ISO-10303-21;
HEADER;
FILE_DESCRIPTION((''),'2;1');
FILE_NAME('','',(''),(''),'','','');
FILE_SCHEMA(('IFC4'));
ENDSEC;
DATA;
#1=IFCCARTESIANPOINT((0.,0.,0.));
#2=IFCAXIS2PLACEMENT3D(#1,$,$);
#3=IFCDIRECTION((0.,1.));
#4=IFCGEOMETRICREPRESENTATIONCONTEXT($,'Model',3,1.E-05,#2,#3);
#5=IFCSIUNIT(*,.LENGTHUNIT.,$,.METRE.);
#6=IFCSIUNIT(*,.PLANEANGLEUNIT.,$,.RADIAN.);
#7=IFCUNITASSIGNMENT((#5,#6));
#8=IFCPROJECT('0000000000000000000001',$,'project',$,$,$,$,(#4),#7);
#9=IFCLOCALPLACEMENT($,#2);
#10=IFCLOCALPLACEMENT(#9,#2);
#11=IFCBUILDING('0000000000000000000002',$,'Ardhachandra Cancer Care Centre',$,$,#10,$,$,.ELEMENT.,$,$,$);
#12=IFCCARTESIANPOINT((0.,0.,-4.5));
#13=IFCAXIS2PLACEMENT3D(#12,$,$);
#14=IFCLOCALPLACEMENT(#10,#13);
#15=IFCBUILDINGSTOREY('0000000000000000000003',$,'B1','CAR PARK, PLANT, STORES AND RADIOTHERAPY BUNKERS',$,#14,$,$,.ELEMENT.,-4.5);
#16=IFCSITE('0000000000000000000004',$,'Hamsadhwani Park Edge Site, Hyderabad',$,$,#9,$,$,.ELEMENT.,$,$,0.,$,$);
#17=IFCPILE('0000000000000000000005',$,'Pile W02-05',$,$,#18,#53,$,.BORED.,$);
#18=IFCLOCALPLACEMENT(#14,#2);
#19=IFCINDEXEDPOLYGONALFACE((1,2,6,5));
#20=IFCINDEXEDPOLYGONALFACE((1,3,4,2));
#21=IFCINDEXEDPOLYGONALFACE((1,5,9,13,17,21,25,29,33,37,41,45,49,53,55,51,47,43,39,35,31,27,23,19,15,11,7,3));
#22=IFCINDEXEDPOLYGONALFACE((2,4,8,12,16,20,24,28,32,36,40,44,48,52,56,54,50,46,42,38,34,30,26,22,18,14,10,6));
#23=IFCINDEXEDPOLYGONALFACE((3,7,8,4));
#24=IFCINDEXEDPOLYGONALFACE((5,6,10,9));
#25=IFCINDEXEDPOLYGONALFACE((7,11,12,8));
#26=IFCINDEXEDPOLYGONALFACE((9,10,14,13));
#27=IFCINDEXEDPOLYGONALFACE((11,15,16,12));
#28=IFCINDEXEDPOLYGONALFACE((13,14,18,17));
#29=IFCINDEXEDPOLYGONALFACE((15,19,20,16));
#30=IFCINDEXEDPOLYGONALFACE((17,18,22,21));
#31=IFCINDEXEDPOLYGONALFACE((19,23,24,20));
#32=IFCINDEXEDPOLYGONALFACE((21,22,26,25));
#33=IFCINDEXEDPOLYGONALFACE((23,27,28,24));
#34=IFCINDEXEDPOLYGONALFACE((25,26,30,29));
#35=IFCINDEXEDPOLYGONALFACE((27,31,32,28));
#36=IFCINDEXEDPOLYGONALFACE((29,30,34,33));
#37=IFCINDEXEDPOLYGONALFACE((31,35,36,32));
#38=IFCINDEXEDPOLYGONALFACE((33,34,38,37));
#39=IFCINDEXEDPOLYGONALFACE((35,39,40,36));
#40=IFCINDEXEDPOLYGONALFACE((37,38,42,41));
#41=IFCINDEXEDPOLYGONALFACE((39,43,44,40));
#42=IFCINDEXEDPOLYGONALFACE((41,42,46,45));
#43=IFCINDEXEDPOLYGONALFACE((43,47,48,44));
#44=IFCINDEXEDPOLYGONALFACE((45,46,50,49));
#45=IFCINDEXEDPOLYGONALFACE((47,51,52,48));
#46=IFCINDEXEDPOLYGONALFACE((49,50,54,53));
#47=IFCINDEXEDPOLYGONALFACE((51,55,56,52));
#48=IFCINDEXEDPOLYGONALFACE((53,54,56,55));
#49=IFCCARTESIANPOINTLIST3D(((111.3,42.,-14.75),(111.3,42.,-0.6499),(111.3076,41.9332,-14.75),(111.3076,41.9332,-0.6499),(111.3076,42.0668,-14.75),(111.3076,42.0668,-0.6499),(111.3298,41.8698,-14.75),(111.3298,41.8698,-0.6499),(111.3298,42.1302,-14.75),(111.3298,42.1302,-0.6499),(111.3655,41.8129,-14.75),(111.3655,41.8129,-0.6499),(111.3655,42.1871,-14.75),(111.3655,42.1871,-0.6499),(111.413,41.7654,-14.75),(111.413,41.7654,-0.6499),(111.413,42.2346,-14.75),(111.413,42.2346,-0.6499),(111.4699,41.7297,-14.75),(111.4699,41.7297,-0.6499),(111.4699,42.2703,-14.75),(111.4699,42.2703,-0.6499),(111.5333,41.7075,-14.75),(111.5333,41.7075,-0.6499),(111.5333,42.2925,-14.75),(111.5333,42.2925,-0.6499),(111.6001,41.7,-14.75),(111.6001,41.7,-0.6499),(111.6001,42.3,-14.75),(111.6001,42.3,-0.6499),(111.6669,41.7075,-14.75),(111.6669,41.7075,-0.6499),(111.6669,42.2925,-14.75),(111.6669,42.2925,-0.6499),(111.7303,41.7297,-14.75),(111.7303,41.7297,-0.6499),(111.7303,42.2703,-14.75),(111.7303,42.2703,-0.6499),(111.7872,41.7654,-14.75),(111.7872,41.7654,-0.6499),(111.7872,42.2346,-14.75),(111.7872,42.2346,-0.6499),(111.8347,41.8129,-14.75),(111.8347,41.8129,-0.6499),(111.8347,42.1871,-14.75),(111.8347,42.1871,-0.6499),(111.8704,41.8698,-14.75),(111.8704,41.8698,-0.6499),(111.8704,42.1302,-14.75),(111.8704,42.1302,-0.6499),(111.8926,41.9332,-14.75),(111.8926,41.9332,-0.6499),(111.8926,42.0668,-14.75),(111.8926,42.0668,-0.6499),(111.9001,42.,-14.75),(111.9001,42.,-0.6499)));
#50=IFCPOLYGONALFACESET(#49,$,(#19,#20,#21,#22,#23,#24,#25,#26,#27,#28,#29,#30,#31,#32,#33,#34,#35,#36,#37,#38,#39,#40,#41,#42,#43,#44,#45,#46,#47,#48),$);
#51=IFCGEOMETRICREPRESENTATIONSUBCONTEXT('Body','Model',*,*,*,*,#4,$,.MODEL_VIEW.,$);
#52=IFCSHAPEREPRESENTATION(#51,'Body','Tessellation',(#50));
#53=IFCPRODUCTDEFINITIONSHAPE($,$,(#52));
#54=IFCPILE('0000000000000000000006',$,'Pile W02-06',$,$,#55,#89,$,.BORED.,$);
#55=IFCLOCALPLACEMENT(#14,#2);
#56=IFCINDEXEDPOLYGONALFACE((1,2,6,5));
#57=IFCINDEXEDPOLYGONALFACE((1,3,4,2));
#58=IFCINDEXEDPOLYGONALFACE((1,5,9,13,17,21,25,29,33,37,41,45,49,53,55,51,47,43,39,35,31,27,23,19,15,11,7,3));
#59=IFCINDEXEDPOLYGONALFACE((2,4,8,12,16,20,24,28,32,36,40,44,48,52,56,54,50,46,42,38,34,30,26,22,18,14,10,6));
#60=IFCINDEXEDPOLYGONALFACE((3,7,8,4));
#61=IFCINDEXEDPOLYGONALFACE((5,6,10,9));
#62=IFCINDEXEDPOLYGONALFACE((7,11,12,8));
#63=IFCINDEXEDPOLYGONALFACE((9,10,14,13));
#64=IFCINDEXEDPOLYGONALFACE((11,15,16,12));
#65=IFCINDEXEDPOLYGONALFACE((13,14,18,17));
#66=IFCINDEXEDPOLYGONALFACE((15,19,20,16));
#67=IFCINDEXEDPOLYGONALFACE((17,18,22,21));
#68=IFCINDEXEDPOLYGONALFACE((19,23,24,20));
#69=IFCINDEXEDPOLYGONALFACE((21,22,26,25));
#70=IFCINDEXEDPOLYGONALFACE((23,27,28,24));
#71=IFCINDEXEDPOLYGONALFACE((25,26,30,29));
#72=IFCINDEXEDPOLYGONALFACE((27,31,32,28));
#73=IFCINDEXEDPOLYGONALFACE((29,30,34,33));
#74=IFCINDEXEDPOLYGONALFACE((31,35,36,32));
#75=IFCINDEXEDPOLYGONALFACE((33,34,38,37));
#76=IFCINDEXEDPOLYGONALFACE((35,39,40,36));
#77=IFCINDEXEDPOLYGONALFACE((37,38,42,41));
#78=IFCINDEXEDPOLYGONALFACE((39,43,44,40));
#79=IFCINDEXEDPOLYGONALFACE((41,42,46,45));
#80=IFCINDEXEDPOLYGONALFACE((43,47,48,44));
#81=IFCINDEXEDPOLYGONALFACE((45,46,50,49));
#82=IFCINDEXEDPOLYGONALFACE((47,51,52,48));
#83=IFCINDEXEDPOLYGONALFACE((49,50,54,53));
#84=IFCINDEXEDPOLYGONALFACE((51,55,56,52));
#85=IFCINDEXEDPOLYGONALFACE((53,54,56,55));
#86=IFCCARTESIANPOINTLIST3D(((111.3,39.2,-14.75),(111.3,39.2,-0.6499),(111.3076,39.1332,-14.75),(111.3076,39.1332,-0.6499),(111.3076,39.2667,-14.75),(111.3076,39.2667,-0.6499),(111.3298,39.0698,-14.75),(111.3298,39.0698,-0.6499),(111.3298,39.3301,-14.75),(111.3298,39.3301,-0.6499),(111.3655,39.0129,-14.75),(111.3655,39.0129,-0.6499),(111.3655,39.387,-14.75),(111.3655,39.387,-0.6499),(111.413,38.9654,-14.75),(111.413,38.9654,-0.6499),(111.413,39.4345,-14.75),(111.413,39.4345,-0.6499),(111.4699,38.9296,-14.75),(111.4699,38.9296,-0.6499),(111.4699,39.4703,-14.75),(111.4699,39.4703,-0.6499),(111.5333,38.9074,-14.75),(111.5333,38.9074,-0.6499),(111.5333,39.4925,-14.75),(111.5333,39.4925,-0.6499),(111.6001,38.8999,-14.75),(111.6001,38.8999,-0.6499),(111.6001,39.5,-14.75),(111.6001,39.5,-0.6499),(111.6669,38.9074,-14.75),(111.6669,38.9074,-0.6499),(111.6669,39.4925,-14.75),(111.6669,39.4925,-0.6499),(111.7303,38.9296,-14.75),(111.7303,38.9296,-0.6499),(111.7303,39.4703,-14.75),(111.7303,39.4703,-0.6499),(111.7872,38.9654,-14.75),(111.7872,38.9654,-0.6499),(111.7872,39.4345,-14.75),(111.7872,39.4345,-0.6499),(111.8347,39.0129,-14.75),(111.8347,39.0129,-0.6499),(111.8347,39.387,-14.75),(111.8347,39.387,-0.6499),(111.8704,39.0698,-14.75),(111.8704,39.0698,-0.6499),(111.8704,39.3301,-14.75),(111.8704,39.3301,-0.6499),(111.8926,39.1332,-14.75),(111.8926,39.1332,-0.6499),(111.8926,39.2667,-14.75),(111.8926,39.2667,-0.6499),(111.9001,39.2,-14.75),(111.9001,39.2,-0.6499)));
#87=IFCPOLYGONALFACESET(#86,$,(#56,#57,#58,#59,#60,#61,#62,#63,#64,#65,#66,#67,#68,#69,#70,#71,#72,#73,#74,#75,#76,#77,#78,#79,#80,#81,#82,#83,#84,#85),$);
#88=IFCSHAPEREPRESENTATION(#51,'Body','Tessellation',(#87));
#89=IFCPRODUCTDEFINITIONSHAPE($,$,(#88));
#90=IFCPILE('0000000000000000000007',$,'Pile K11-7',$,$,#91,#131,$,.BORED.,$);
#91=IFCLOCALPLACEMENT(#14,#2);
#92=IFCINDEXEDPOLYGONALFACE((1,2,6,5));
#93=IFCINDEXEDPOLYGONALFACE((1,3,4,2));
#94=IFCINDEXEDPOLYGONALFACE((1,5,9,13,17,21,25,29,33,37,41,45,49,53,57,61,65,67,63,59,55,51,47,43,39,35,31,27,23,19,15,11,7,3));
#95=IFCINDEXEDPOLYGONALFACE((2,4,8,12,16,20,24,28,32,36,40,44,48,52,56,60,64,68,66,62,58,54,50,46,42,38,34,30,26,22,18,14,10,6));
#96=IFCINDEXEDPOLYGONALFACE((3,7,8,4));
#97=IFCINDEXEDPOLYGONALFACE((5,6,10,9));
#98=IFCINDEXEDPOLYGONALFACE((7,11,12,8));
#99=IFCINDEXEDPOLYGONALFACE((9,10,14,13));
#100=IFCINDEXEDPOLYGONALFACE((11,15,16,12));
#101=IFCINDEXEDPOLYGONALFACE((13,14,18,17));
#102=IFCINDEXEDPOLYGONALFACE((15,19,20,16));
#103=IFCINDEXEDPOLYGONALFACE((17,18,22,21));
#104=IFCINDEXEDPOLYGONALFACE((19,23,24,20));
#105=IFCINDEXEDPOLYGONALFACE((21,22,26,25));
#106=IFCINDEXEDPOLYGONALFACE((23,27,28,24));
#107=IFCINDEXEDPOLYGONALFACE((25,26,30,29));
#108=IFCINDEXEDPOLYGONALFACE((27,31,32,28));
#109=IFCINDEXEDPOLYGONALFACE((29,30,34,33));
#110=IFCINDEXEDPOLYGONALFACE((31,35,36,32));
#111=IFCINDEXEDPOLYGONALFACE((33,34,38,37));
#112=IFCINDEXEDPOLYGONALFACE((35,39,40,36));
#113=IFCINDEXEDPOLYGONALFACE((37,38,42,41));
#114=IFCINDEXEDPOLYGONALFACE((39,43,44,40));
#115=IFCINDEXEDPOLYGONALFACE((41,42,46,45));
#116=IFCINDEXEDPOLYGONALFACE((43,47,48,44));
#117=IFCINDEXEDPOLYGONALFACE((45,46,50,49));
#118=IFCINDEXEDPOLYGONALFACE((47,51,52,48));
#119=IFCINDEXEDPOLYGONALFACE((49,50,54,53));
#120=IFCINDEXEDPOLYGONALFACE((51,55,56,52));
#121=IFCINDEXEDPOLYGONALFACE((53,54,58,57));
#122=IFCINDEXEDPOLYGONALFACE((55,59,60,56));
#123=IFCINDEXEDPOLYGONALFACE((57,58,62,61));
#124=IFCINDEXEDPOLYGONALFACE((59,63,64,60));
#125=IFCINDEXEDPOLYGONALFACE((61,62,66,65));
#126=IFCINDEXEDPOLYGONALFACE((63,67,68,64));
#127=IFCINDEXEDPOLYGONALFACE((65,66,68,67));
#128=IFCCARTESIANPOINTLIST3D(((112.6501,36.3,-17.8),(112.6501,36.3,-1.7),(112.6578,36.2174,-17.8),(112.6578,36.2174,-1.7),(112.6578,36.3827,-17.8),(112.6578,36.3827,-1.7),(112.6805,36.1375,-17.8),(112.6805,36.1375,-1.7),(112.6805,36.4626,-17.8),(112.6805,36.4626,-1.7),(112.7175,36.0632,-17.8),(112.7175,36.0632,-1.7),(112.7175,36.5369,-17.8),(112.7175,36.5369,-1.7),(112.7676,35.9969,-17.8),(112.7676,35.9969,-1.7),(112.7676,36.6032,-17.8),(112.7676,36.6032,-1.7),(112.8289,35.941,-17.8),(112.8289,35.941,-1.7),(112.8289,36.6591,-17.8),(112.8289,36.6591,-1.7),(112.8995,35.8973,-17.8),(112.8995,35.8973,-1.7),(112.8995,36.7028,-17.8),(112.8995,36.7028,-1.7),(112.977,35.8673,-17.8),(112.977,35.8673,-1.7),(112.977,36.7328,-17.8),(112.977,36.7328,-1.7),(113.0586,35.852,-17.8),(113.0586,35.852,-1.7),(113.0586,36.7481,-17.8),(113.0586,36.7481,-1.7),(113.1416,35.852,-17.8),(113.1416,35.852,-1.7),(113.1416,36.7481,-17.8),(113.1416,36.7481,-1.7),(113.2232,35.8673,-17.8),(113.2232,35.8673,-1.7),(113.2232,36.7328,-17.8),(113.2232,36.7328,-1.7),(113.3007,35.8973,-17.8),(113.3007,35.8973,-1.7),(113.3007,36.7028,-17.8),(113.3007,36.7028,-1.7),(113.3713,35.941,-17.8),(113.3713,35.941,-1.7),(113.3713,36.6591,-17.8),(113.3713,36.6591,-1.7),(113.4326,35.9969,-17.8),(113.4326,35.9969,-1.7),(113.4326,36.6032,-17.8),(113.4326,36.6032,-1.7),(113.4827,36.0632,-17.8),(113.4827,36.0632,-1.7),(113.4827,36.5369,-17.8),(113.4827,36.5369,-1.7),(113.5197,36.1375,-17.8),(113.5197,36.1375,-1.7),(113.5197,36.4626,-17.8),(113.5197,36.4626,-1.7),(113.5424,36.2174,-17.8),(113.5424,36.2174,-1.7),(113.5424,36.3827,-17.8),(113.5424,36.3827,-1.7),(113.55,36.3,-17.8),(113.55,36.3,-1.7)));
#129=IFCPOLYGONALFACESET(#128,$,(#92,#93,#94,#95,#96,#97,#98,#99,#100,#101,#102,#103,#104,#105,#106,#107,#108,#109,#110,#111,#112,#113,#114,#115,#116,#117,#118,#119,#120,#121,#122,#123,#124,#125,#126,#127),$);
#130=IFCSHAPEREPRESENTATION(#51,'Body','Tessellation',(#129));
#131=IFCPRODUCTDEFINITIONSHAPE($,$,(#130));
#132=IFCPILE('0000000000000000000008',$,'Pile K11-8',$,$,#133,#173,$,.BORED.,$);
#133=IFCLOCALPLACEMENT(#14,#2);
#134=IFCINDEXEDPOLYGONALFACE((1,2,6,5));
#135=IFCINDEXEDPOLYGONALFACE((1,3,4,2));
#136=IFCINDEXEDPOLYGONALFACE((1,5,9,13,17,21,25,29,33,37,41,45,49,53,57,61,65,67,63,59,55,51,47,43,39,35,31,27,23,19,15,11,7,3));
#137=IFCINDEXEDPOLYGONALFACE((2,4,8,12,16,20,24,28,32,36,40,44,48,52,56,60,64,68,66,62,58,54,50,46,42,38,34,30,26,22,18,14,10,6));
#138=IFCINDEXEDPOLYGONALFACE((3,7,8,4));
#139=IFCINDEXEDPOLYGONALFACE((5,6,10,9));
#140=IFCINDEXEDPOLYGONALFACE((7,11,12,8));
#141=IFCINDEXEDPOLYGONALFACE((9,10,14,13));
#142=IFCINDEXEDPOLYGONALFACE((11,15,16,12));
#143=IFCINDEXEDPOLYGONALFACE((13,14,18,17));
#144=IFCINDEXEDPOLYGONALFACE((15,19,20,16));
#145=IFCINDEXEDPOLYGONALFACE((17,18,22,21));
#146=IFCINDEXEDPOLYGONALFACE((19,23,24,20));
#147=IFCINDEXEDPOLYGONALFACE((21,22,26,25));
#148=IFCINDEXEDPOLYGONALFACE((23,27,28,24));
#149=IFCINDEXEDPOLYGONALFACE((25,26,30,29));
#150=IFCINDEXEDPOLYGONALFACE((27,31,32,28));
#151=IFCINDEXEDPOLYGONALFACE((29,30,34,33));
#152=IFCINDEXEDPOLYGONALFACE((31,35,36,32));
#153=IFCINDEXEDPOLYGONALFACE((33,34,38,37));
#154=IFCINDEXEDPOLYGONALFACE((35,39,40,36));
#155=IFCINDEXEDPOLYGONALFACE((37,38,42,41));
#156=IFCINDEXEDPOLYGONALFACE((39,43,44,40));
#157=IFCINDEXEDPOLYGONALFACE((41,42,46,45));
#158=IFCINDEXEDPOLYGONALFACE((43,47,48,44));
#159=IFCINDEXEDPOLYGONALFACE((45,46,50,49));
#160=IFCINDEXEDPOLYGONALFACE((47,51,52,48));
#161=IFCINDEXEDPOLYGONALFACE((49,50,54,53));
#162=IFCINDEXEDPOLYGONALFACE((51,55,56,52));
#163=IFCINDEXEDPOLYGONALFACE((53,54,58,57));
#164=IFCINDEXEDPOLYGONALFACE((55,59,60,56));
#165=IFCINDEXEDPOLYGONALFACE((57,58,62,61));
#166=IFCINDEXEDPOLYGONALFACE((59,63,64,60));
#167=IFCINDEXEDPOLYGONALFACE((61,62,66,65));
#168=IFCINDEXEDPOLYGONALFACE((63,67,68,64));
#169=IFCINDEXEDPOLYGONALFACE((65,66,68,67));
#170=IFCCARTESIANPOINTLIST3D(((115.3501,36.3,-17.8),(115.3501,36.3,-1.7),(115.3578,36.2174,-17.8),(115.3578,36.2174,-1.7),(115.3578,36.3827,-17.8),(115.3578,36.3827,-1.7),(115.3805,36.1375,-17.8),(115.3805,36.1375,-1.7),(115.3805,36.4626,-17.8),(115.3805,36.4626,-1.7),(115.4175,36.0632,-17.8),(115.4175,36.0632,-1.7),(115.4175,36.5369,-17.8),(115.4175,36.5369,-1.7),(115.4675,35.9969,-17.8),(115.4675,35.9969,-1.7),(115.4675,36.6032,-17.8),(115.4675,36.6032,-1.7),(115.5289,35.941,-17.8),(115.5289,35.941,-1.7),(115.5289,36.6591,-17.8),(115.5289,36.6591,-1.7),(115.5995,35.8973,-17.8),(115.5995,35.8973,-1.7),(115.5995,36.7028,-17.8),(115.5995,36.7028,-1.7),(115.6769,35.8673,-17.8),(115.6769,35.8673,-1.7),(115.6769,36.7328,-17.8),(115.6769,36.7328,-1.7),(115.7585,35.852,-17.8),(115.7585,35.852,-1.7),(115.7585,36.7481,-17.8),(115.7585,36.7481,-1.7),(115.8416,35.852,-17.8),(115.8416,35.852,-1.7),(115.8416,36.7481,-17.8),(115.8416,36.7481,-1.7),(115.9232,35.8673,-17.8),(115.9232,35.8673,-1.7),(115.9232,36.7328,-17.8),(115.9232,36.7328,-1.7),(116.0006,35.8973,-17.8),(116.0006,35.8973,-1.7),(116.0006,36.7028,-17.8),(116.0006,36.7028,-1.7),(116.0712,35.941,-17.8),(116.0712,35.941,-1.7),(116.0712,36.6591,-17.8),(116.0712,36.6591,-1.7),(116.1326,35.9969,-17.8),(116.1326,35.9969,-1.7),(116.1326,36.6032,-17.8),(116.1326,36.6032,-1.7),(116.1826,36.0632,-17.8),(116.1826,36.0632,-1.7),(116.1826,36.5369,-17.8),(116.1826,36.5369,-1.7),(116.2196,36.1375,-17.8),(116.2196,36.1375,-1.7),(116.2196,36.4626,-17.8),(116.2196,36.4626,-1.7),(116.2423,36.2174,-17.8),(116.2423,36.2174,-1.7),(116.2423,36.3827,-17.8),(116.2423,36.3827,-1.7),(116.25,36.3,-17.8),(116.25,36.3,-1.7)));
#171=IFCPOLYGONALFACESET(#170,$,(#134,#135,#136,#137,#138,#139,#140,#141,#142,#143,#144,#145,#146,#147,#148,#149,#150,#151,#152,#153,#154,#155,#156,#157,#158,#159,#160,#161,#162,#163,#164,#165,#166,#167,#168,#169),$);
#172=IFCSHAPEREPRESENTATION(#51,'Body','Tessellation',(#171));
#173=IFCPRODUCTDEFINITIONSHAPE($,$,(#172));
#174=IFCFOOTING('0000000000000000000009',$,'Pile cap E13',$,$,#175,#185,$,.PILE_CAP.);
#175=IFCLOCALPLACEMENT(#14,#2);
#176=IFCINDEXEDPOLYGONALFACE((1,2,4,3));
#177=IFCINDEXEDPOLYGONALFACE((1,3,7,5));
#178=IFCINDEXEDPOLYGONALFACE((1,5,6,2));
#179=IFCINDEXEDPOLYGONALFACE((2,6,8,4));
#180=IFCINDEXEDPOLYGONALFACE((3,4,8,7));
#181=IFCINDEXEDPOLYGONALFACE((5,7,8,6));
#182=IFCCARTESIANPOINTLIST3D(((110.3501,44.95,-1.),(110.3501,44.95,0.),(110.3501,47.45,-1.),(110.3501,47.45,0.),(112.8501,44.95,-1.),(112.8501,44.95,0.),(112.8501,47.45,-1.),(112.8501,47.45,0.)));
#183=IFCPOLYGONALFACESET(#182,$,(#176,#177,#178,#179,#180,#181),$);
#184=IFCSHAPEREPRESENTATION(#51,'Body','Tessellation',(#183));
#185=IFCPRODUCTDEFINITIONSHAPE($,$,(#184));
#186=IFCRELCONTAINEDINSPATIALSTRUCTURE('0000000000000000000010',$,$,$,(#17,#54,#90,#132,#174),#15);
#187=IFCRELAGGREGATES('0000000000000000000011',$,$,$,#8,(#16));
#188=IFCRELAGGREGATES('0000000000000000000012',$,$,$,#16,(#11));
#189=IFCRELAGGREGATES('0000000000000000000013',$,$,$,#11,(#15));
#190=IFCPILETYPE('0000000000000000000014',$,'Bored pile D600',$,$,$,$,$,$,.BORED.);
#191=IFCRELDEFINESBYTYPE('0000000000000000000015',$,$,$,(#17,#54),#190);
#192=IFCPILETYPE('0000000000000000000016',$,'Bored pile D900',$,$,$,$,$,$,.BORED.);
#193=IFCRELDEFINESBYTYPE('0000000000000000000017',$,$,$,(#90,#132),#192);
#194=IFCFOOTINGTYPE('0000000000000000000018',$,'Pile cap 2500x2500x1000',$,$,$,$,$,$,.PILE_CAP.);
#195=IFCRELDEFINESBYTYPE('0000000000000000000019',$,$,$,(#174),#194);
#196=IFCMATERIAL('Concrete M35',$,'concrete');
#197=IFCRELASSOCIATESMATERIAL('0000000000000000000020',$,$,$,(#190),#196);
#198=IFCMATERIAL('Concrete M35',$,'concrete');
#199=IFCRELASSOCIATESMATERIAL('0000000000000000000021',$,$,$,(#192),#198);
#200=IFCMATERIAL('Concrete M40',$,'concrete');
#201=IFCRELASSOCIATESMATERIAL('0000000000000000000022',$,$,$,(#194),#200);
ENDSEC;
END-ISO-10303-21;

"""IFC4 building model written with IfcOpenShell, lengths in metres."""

from ifc_helpers import new_model, si_unit, direction, frame, origin, origin_2d, place, context, subcontext, project, spatial, rectangle, circle, extrude, material, material_profile, profile_set, type_object, element, save


model = new_model("IFC4")

# Units and contexts
model_context = context("Model", 3, precision=1e-05, world=origin(), true_north=direction((0.0, 1.0)))
body_context = subcontext(model_context, "Body", "Model", "MODEL_VIEW")
ifc_project = project(units=[si_unit("LENGTHUNIT", "METRE"), si_unit("PLANEANGLEUNIT", "RADIAN")], contexts=[model_context])

# Site, building, storey
site_placement = place(None, origin())
site = spatial("IfcSite", under=ifc_project, at=site_placement, Name="Hamsadhwani Park Edge Site, Hyderabad", CompositionType="ELEMENT", RefElevation=0.0)
building_placement = place(site_placement, origin())
building = spatial("IfcBuilding", under=site, at=building_placement, Name="Ardhachandra Cancer Care Centre", CompositionType="ELEMENT")
storey_placement = place(building_placement, frame((0.0, 0.0, -4.5)))
storey = spatial("IfcBuildingStorey", under=building, at=storey_placement, Name="B1", Description="CAR PARK, PLANT, STORES AND RADIOTHERAPY BUNKERS", CompositionType="ELEMENT", Elevation=-4.5)

# Piles
ifc_material_1 = material(Name="Concrete M35", Category="concrete")
ifc_material_profile_1 = material_profile(ifc_material_1, circle(Radius=0.3, at=origin_2d()), Name="D600")
ifc_profile_set_1 = profile_set([ifc_material_profile_1], Name="Concrete M35")
pile_type_1 = type_object("IfcPileType", Name="Bored pile D600", PredefinedType="BORED", material=ifc_profile_set_1)
for number, where, z_axis, x_axis, name in (
    (1, (111.6001, 42.0, -0.6499), (0.0, 0.0, -1.0), (1.0, 0.0, 0.0), "Pile W02-05"),
    (2, (111.6001, 39.2, -0.6499), (0.0, 0.0, -1.0), (1.0, 0.0, 0.0), "Pile W02-06"),
):
    element("IfcPile", number, at=place(storey_placement, frame(where, z_axis=z_axis, x_axis=x_axis)), inside=storey, type_object=pile_type_1, Name=name, PredefinedType="BORED", context=body_context, shape_type="SweptSolid", body=[
        extrude(circle(Radius=0.3, at=origin_2d()), origin(), (0.0, 0.0, 1.0), 14.1001),
    ])
ifc_material_2 = material(Name="Concrete M35", Category="concrete")
ifc_material_profile_2 = material_profile(ifc_material_2, circle(Radius=0.45, at=origin_2d()), Name="D900")
ifc_profile_set_2 = profile_set([ifc_material_profile_2], Name="Concrete M35")
pile_type_2 = type_object("IfcPileType", Name="Bored pile D900", PredefinedType="BORED", material=ifc_profile_set_2)
for number, where, z_axis, x_axis, name in (
    (3, (113.1001, 36.3, -1.7), (0.0, 0.0, -1.0), (1.0, 0.0, 0.0), "Pile K11-7"),
    (4, (115.8, 36.3, -1.7), (0.0, 0.0, -1.0), (1.0, 0.0, 0.0), "Pile K11-8"),
):
    element("IfcPile", number, at=place(storey_placement, frame(where, z_axis=z_axis, x_axis=x_axis)), inside=storey, type_object=pile_type_2, Name=name, PredefinedType="BORED", context=body_context, shape_type="SweptSolid", body=[
        extrude(circle(Radius=0.45, at=origin_2d()), origin(), (0.0, 0.0, 1.0), 16.1001),
    ])

# Footing
ifc_material_3 = material(Name="Concrete M40", Category="concrete")
footing_type = type_object("IfcFootingType", Name="Pile cap 2500x2500x1000", PredefinedType="PILE_CAP", material=ifc_material_3)
footing_placement = place(storey_placement, frame((111.6001, 46.2, -1.0), z_axis=(0.0, 0.0, 1.0), x_axis=(1.0, 0.0, 0.0)))
element("IfcFooting", 5, at=footing_placement, inside=storey, type_object=footing_type, Name="Pile cap E13", PredefinedType="PILE_CAP", context=body_context, shape_type="SweptSolid", body=[
    extrude(rectangle(XDim=2.5, YDim=2.5, at=origin_2d()), origin(), (0.0, 0.0, 1.0), 1.0),
])

save(model, "model.ifc")
